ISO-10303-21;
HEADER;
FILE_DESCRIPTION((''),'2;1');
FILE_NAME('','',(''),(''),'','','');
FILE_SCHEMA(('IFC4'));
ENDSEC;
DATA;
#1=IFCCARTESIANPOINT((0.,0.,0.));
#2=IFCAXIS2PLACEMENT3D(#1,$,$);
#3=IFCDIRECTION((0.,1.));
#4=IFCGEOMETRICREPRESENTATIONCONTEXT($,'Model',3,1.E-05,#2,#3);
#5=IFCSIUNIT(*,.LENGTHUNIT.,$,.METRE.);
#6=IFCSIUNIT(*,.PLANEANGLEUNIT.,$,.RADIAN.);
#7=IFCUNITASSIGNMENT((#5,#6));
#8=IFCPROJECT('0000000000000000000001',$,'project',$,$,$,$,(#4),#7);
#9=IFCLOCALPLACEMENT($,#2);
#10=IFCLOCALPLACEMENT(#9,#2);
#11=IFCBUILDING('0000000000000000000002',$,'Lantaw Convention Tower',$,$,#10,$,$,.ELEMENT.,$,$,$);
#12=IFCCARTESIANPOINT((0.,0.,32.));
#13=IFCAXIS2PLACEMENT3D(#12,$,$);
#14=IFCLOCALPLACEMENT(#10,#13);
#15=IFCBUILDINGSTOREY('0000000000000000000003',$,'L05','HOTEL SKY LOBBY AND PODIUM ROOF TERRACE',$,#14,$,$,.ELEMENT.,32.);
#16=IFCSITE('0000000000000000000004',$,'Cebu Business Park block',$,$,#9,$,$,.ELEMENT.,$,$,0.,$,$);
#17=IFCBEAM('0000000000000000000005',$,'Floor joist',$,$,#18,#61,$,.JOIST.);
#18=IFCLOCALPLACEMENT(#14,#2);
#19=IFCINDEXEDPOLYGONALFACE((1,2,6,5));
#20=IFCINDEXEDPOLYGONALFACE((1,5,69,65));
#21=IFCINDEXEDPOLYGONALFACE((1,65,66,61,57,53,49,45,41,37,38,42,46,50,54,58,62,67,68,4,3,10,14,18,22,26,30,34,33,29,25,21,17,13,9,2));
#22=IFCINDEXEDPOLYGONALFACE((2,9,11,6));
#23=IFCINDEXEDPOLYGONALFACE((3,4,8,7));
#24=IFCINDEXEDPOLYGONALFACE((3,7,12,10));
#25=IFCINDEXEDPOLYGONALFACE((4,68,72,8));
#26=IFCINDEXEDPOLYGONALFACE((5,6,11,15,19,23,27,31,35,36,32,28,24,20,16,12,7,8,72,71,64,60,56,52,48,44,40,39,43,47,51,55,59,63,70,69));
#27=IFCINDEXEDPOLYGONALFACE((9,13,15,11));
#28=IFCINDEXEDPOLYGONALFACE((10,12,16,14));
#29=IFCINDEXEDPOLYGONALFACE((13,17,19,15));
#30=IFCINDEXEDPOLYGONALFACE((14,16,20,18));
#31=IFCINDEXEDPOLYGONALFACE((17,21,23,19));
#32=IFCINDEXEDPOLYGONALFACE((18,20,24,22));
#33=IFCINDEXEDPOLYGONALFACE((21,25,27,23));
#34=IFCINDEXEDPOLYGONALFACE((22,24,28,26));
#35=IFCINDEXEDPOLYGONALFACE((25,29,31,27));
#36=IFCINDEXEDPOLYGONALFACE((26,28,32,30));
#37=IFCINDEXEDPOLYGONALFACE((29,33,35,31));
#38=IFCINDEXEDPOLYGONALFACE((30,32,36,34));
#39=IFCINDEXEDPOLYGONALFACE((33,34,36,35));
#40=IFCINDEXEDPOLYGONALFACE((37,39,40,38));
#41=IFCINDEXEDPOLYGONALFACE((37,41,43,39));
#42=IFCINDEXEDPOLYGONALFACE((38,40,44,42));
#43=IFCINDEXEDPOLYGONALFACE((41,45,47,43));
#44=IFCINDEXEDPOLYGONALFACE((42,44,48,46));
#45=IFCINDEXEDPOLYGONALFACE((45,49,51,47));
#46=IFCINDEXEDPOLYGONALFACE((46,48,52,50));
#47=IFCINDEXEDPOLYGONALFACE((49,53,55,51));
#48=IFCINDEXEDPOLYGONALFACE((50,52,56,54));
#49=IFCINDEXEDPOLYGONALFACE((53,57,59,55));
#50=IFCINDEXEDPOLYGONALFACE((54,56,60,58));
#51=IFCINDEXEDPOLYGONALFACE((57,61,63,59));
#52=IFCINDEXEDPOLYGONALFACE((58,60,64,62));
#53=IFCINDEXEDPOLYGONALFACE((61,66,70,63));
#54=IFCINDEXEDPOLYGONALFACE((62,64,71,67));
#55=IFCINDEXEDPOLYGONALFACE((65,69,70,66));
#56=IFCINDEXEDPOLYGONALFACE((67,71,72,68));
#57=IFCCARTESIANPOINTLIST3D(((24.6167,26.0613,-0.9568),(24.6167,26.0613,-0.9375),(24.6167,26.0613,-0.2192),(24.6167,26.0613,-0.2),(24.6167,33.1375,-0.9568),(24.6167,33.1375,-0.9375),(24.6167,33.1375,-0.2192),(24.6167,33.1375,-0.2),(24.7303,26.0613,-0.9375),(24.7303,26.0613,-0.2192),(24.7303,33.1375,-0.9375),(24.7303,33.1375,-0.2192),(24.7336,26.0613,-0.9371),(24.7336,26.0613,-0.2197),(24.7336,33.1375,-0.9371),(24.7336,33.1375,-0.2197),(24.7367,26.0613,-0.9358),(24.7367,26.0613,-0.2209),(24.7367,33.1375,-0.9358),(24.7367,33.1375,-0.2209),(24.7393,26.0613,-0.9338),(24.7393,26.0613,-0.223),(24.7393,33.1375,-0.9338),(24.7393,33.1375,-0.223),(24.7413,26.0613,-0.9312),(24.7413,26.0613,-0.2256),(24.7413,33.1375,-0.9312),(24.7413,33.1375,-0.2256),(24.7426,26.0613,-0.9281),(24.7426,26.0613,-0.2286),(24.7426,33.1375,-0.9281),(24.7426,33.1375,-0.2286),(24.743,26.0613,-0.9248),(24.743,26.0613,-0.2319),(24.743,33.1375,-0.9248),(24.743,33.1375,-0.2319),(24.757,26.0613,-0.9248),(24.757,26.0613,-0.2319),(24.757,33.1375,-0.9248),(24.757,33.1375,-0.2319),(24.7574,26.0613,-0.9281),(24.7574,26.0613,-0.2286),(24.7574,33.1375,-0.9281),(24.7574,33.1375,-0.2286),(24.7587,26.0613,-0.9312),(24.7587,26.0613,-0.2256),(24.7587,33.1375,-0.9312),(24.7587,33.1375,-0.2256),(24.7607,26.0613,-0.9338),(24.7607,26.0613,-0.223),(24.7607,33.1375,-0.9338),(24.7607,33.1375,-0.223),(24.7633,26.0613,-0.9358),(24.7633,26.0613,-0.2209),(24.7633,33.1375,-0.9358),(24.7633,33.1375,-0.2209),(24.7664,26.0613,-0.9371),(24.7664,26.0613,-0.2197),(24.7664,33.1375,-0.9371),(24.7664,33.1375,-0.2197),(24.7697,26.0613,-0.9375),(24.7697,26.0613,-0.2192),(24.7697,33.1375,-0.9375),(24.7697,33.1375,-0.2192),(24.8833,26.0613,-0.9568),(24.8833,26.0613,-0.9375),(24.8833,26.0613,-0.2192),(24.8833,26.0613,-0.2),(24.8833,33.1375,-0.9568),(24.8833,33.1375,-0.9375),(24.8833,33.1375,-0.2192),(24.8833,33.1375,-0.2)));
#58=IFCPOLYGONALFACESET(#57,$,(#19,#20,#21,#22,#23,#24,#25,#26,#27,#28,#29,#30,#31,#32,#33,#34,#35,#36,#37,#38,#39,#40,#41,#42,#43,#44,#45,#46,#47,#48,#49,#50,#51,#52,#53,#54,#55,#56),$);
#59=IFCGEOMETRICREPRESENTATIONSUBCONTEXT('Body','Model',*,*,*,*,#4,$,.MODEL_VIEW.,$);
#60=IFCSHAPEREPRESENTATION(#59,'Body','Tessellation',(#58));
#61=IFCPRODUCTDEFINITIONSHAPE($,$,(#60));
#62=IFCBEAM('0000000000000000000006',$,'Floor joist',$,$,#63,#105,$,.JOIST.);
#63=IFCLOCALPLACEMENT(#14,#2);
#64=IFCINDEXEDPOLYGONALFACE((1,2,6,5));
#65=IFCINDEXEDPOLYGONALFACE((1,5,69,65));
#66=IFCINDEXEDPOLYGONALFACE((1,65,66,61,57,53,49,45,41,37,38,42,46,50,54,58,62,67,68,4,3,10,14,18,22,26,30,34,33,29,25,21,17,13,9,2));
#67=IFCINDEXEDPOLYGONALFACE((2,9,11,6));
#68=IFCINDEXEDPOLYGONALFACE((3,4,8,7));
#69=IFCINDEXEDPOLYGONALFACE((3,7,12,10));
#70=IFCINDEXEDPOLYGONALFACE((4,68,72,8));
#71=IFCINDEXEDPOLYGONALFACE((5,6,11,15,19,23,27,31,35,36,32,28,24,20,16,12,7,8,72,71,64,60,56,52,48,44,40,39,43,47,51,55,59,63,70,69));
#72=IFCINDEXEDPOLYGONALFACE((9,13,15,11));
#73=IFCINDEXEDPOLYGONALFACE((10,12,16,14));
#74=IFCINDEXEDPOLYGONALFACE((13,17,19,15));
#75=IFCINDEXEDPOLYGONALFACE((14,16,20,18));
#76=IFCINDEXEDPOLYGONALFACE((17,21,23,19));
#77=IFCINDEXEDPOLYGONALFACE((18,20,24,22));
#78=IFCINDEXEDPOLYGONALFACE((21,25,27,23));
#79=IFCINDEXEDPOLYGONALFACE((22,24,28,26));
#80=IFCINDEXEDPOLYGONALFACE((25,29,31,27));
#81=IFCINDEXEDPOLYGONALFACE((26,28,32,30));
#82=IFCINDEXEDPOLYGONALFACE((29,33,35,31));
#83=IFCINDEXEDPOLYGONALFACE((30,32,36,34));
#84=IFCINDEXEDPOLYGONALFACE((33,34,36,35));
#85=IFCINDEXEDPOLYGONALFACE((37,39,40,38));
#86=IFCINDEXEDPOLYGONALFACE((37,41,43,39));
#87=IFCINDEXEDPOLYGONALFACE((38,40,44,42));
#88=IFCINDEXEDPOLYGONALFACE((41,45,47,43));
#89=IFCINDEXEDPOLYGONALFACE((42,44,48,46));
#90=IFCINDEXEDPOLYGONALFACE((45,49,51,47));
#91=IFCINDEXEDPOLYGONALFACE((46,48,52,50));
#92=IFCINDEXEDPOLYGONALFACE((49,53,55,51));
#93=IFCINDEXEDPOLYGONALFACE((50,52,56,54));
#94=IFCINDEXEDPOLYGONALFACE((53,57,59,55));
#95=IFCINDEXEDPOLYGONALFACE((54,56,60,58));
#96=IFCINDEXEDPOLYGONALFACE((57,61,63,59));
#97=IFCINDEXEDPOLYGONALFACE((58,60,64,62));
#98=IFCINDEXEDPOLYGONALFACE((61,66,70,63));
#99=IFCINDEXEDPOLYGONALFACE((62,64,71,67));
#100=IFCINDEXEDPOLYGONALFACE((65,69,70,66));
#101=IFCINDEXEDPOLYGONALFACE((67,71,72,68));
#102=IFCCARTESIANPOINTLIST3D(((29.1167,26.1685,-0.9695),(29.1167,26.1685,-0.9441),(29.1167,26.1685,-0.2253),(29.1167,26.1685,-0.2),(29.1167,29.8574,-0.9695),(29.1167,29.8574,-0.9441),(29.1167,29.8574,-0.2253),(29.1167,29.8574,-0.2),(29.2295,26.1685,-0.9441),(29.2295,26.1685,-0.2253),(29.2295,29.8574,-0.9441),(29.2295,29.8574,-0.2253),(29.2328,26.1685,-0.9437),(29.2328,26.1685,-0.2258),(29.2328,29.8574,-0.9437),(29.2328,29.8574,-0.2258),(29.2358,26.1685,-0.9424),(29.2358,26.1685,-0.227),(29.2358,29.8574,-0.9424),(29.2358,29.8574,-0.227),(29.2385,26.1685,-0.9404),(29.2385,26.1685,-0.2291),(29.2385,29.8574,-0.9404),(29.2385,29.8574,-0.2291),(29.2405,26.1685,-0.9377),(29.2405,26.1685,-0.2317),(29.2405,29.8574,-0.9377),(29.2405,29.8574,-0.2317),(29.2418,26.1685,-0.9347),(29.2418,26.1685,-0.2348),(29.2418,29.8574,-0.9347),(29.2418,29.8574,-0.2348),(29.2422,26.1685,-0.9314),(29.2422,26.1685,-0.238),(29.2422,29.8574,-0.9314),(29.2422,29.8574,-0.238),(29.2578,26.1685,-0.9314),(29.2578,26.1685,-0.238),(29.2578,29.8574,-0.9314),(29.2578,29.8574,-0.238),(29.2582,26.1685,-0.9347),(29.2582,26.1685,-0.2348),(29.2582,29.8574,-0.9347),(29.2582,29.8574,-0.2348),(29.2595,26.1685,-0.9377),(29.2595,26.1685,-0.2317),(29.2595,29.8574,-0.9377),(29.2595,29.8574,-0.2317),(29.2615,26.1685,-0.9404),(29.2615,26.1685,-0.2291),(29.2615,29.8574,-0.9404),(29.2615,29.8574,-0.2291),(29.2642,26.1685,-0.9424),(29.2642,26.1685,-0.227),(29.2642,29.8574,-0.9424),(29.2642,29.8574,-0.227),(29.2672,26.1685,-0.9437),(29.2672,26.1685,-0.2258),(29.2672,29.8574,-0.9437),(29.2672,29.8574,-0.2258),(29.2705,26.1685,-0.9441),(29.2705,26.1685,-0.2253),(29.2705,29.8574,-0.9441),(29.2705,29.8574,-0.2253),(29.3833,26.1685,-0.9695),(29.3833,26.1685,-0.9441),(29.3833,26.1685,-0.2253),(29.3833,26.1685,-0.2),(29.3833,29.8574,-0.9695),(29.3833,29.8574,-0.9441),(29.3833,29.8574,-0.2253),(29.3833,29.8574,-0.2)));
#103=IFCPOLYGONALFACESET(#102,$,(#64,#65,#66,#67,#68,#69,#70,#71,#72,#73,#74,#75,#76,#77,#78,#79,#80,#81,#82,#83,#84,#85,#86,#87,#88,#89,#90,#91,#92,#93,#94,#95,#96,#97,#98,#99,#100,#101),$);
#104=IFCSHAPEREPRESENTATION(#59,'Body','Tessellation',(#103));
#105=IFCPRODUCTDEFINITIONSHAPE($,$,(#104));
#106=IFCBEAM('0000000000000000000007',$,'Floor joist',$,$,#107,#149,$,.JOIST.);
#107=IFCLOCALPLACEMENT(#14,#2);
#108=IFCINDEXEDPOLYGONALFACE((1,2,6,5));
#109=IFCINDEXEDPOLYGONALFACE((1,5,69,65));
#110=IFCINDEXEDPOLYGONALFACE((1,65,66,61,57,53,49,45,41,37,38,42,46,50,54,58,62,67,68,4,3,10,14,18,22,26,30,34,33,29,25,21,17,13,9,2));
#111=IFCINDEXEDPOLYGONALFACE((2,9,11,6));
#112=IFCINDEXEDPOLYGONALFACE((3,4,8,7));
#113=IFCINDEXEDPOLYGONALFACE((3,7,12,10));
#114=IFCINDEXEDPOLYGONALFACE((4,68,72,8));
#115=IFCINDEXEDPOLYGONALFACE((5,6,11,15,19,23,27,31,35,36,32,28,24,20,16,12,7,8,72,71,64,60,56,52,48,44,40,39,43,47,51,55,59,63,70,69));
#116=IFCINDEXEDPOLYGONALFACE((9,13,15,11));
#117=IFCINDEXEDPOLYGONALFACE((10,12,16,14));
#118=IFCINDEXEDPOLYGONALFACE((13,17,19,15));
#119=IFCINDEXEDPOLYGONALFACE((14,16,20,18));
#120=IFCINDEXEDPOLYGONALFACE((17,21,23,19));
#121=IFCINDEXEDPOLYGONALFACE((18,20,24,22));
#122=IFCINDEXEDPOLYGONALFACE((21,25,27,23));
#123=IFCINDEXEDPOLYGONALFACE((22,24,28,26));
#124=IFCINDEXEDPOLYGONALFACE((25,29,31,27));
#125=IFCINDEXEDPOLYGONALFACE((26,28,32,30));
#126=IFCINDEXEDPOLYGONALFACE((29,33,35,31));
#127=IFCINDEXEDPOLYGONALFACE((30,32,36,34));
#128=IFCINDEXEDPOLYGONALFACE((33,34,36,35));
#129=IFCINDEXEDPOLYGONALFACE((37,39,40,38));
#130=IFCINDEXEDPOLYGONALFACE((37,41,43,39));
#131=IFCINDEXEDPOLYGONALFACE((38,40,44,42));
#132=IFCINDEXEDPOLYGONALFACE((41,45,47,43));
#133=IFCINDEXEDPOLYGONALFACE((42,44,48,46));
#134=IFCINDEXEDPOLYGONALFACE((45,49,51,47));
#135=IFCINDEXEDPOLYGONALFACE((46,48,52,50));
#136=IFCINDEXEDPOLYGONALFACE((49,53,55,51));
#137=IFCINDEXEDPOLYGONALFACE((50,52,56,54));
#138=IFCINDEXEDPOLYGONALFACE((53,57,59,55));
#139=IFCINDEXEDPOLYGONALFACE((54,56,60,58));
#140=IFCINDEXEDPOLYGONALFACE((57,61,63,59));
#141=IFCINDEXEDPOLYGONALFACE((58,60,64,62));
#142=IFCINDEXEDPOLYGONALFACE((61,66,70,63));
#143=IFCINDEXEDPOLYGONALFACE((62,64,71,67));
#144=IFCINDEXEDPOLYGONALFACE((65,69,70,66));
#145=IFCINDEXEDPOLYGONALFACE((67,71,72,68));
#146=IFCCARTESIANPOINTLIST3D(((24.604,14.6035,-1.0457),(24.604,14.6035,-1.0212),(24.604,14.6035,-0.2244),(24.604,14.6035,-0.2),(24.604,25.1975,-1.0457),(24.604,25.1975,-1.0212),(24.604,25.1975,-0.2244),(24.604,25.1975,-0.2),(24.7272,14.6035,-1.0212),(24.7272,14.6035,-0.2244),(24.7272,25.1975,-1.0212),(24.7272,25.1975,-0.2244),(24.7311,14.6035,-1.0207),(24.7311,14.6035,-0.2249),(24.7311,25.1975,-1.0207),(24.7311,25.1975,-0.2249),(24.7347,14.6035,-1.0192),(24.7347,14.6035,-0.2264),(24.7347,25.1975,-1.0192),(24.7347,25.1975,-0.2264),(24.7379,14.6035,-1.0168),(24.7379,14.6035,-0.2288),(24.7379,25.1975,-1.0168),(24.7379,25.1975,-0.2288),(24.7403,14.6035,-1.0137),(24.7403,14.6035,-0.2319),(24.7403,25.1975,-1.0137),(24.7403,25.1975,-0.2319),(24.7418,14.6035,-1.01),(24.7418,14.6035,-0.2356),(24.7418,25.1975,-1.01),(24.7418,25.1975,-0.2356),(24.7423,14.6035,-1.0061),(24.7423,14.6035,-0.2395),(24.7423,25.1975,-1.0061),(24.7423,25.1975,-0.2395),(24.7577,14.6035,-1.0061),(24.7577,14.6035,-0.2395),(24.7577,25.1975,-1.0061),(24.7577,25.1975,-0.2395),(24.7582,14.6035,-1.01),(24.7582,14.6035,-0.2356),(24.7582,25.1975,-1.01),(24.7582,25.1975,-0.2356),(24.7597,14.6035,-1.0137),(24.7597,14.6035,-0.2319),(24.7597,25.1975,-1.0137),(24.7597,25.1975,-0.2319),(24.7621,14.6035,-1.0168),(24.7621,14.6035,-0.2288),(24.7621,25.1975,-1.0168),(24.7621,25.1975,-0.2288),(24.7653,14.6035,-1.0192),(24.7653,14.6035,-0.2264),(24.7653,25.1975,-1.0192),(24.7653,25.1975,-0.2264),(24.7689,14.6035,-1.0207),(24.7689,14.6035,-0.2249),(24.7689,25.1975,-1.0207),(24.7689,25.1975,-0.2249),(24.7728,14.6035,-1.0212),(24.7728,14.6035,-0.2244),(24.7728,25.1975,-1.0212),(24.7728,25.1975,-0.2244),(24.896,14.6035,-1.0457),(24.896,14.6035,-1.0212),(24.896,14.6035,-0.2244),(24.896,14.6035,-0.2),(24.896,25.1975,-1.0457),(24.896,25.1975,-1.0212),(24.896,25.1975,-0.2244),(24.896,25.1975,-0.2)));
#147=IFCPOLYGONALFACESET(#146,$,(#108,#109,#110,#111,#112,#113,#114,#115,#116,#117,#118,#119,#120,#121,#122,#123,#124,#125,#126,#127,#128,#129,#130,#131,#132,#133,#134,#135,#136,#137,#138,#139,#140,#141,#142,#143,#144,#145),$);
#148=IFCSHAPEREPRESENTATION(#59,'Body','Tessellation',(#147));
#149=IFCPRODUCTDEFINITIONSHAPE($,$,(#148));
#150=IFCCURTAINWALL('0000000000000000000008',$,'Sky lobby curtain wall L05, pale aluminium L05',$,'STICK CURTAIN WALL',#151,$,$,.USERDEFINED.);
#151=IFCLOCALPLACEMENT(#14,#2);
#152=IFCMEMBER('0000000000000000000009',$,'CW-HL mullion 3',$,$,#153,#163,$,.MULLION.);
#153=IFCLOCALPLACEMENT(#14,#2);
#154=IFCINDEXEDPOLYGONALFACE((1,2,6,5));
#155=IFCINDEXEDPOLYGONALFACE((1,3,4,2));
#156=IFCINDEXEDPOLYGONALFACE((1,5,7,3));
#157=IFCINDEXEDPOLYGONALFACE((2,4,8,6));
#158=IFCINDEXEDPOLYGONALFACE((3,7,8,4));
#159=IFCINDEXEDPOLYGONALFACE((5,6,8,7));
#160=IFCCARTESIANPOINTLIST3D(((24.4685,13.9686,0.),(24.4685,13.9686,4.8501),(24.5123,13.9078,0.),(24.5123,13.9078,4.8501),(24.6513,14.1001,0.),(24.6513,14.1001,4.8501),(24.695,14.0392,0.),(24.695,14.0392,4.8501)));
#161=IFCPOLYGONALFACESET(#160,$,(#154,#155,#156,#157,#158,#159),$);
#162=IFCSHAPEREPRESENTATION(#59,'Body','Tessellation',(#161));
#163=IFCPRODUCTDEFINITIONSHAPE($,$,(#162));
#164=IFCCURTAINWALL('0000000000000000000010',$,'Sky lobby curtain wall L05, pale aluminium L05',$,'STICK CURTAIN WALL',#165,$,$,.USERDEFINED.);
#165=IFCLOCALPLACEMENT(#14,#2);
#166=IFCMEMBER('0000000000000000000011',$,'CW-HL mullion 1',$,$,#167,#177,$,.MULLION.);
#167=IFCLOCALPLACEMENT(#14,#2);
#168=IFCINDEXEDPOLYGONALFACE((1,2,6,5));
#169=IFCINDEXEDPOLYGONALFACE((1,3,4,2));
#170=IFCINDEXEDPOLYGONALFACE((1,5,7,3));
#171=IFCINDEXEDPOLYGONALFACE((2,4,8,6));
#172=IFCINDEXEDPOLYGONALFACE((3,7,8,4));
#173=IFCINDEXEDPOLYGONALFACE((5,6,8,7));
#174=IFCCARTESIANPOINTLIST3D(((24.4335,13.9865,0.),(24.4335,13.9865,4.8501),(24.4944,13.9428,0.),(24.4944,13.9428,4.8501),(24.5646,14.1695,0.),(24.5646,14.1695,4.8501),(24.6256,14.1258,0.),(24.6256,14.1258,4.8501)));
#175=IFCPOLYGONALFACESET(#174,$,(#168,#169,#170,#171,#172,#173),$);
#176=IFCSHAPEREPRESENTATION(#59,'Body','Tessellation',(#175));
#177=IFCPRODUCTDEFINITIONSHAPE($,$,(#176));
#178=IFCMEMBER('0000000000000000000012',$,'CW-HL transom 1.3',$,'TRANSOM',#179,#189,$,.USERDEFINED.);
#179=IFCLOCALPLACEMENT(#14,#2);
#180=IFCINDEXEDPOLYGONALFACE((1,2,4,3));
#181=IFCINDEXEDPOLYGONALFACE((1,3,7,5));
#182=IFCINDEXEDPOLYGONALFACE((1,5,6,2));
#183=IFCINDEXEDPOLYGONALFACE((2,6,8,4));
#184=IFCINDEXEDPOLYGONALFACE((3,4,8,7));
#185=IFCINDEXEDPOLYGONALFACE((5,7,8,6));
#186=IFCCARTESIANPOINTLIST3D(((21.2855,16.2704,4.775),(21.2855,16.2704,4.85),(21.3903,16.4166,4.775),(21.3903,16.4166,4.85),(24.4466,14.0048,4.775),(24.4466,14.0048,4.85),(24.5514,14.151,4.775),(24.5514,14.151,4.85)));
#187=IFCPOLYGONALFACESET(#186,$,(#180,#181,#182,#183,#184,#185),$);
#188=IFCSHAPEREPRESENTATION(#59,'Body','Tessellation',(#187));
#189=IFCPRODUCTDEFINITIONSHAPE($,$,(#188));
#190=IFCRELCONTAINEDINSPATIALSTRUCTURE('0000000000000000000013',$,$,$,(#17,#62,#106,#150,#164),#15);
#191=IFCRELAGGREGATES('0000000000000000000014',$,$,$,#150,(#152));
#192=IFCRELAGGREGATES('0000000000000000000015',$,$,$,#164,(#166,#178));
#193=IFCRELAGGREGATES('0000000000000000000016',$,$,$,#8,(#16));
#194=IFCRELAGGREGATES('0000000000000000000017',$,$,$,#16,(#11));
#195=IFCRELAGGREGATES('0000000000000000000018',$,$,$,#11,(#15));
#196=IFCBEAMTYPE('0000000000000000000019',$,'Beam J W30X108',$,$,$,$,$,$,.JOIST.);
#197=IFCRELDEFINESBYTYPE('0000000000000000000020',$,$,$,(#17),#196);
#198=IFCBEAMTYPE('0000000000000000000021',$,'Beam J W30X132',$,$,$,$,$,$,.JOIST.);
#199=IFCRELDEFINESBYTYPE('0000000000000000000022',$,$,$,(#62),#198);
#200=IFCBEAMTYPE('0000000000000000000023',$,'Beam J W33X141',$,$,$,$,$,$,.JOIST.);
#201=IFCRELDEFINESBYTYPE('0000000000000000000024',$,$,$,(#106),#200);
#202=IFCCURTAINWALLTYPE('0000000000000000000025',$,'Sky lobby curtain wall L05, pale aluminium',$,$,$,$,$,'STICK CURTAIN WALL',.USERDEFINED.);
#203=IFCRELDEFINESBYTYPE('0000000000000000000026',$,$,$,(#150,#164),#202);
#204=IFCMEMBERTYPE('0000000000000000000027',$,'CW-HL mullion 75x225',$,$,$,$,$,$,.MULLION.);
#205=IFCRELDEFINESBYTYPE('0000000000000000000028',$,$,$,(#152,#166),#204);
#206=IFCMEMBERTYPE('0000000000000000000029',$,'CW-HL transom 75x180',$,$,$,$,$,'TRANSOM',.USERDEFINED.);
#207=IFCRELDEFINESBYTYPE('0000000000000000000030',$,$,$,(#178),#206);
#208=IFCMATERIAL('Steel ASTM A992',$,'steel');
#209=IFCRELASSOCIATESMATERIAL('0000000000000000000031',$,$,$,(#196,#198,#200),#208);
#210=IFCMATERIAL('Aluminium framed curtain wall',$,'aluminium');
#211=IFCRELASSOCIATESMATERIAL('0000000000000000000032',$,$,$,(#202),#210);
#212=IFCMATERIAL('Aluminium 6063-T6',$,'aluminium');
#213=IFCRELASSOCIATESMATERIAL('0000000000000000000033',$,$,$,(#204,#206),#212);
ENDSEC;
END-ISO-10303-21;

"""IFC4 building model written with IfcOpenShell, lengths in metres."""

from ifc_helpers import new_model, si_unit, direction, frame, origin, origin_2d, place, context, subcontext, project, spatial, rectangle, i_section, extrude, material, material_profile, profile_set, type_object, element, aggregate, save


model = new_model("IFC4")

# Units and contexts
model_context = context("Model", 3, precision=1e-05, world=origin(), true_north=direction((0.0, 1.0)))
body_context = subcontext(model_context, "Body", "Model", "MODEL_VIEW")
ifc_project = project(units=[si_unit("LENGTHUNIT", "METRE"), si_unit("PLANEANGLEUNIT", "RADIAN")], contexts=[model_context])

# Site, building, storey
site_placement = place(None, origin())
site = spatial("IfcSite", under=ifc_project, at=site_placement, Name="Cebu Business Park block", CompositionType="ELEMENT", RefElevation=0.0)
building_placement = place(site_placement, origin())
building = spatial("IfcBuilding", under=site, at=building_placement, Name="Lantaw Convention Tower", CompositionType="ELEMENT")
storey_placement = place(building_placement, frame((0.0, 0.0, 32.0)))
storey = spatial("IfcBuildingStorey", under=building, at=storey_placement, Name="L05", Description="HOTEL SKY LOBBY AND PODIUM ROOF TERRACE", CompositionType="ELEMENT", Elevation=32.0)

# Beams
ifc_material_1 = material(Name="Steel ASTM A992", Category="steel")
ifc_material_profile_1 = material_profile(ifc_material_1, i_section(OverallWidth=0.2666, OverallDepth=0.7568, WebThickness=0.0139, FlangeThickness=0.0193, FilletRadius=0.0127, at=origin_2d()), Name="W30X108")
ifc_profile_set_1 = profile_set([ifc_material_profile_1], Name="Steel ASTM A992")
beam_type_1 = type_object("IfcBeamType", Name="Beam J W30X108", PredefinedType="JOIST", material=ifc_profile_set_1)
beam_1_placement = place(storey_placement, frame((24.75, 26.0613, -0.5784), z_axis=(0.0, 1.0, 0.0), x_axis=(-1.0, 0.0, 0.0)))
element("IfcBeam", 1, at=beam_1_placement, inside=storey, type_object=beam_type_1, Name="Floor joist", PredefinedType="JOIST", context=body_context, shape_type="SweptSolid", body=[
    extrude(i_section(OverallWidth=0.2666, OverallDepth=0.7568, WebThickness=0.0139, FlangeThickness=0.0193, FilletRadius=0.0127, at=origin_2d()), origin(), (0.0, 0.0, 1.0), 7.0762),
])
ifc_material_profile_2 = material_profile(ifc_material_1, i_section(OverallWidth=0.2666, OverallDepth=0.7695, WebThickness=0.0156, FlangeThickness=0.0254, FilletRadius=0.0127, at=origin_2d()), Name="W30X132")
ifc_profile_set_2 = profile_set([ifc_material_profile_2], Name="Steel ASTM A992")
beam_type_2 = type_object("IfcBeamType", Name="Beam J W30X132", PredefinedType="JOIST", material=ifc_profile_set_2)
beam_2_placement = place(storey_placement, frame((29.25, 26.1685, -0.5847), z_axis=(0.0, 1.0, 0.0), x_axis=(-1.0, 0.0, 0.0)))
element("IfcBeam", 2, at=beam_2_placement, inside=storey, type_object=beam_type_2, Name="Floor joist", PredefinedType="JOIST", context=body_context, shape_type="SweptSolid", body=[
    extrude(i_section(OverallWidth=0.2666, OverallDepth=0.7695, WebThickness=0.0156, FlangeThickness=0.0254, FilletRadius=0.0127, at=origin_2d()), origin(), (0.0, 0.0, 1.0), 3.689),
])
ifc_material_profile_3 = material_profile(ifc_material_1, i_section(OverallWidth=0.292, OverallDepth=0.8457, WebThickness=0.0154, FlangeThickness=0.0244, FilletRadius=0.0151, at=origin_2d()), Name="W33X141")
ifc_profile_set_3 = profile_set([ifc_material_profile_3], Name="Steel ASTM A992")
beam_type_3 = type_object("IfcBeamType", Name="Beam J W33X141", PredefinedType="JOIST", material=ifc_profile_set_3)
beam_3_placement = place(storey_placement, frame((24.75, 14.6035, -0.6228), z_axis=(0.0, 1.0, 0.0), x_axis=(-1.0, 0.0, 0.0)))
element("IfcBeam", 3, at=beam_3_placement, inside=storey, type_object=beam_type_3, Name="Floor joist", PredefinedType="JOIST", context=body_context, shape_type="SweptSolid", body=[
    extrude(i_section(OverallWidth=0.292, OverallDepth=0.8457, WebThickness=0.0154, FlangeThickness=0.0244, FilletRadius=0.0151, at=origin_2d()), origin(), (0.0, 0.0, 1.0), 10.594),
])

# Curtain wall, member
ifc_material_2 = material(Name="Aluminium framed curtain wall", Category="aluminium")
curtain_wall_type = type_object("IfcCurtainWallType", Name="Sky lobby curtain wall L05, pale aluminium", ElementType="STICK CURTAIN WALL", PredefinedType="USERDEFINED", material=ifc_material_2)
curtain_wall_1_placement = place(storey_placement, origin())
curtain_wall_1 = element("IfcCurtainWall", 4, at=curtain_wall_1_placement, inside=storey, type_object=curtain_wall_type, Name="Sky lobby curtain wall L05, pale aluminium L05", ObjectType="STICK CURTAIN WALL", PredefinedType="USERDEFINED")
ifc_material_3 = material(Name="Aluminium 6063-T6", Category="aluminium")
ifc_material_profile_4 = material_profile(ifc_material_3, rectangle(XDim=0.2251, YDim=0.075, at=origin_2d()), Name="CW-HL mullion 75x225")
ifc_profile_set_4 = profile_set([ifc_material_profile_4], Name="Aluminium 6063-T6")
member_type_1 = type_object("IfcMemberType", Name="CW-HL mullion 75x225", PredefinedType="MULLION", material=ifc_profile_set_4)
member_1_placement = place(storey_placement, frame((24.5818, 14.0039, 0.0), z_axis=(0.0, 0.0, 1.0), x_axis=(-0.811789, -0.583951, 0.0)))
member_1 = element("IfcMember", 5, at=member_1_placement, type_object=member_type_1, Name="CW-HL mullion 3", PredefinedType="MULLION", context=body_context, shape_type="SweptSolid", body=[
    extrude(rectangle(XDim=0.2251, YDim=0.075, at=origin_2d()), origin(), (0.0, 0.0, 1.0), 4.8501),
])
aggregate(curtain_wall_1, [member_1])

# Curtain wall, members
curtain_wall_2_placement = place(storey_placement, origin())
curtain_wall_2 = element("IfcCurtainWall", 6, at=curtain_wall_2_placement, inside=storey, type_object=curtain_wall_type, Name="Sky lobby curtain wall L05, pale aluminium L05", ObjectType="STICK CURTAIN WALL", PredefinedType="USERDEFINED")
member_2_placement = place(storey_placement, frame((24.5295, 14.0562, 0.0), z_axis=(0.0, 0.0, 1.0), x_axis=(-0.582538, -0.812804, 0.0)))
member_2 = element("IfcMember", 7, at=member_2_placement, type_object=member_type_1, Name="CW-HL mullion 1", PredefinedType="MULLION", context=body_context, shape_type="SweptSolid", body=[
    extrude(rectangle(XDim=0.2251, YDim=0.075, at=origin_2d()), origin(), (0.0, 0.0, 1.0), 4.8501),
])
ifc_material_profile_5 = material_profile(ifc_material_3, rectangle(XDim=0.1799, YDim=0.075, at=origin_2d()), Name="CW-HL transom 75x180")
ifc_profile_set_5 = profile_set([ifc_material_profile_5], Name="Aluminium 6063-T6")
member_type_2 = type_object("IfcMemberType", Name="CW-HL transom 75x180", ElementType="TRANSOM", PredefinedType="USERDEFINED", material=ifc_profile_set_5)
member_3_placement = place(storey_placement, frame((24.499, 14.0779, 4.8125), z_axis=(-0.812799, 0.582544, 0.0), x_axis=(-0.582544, -0.812799, 0.0)))
member_3 = element("IfcMember", 8, at=member_3_placement, type_object=member_type_2, Name="CW-HL transom 1.3", ObjectType="TRANSOM", PredefinedType="USERDEFINED", context=body_context, shape_type="SweptSolid", body=[
    extrude(rectangle(XDim=0.1799, YDim=0.075, at=origin_2d()), origin(), (0.0, 0.0, 1.0), 3.8892),
])
aggregate(curtain_wall_2, [member_2, member_3])

save(model, "model.ifc")
